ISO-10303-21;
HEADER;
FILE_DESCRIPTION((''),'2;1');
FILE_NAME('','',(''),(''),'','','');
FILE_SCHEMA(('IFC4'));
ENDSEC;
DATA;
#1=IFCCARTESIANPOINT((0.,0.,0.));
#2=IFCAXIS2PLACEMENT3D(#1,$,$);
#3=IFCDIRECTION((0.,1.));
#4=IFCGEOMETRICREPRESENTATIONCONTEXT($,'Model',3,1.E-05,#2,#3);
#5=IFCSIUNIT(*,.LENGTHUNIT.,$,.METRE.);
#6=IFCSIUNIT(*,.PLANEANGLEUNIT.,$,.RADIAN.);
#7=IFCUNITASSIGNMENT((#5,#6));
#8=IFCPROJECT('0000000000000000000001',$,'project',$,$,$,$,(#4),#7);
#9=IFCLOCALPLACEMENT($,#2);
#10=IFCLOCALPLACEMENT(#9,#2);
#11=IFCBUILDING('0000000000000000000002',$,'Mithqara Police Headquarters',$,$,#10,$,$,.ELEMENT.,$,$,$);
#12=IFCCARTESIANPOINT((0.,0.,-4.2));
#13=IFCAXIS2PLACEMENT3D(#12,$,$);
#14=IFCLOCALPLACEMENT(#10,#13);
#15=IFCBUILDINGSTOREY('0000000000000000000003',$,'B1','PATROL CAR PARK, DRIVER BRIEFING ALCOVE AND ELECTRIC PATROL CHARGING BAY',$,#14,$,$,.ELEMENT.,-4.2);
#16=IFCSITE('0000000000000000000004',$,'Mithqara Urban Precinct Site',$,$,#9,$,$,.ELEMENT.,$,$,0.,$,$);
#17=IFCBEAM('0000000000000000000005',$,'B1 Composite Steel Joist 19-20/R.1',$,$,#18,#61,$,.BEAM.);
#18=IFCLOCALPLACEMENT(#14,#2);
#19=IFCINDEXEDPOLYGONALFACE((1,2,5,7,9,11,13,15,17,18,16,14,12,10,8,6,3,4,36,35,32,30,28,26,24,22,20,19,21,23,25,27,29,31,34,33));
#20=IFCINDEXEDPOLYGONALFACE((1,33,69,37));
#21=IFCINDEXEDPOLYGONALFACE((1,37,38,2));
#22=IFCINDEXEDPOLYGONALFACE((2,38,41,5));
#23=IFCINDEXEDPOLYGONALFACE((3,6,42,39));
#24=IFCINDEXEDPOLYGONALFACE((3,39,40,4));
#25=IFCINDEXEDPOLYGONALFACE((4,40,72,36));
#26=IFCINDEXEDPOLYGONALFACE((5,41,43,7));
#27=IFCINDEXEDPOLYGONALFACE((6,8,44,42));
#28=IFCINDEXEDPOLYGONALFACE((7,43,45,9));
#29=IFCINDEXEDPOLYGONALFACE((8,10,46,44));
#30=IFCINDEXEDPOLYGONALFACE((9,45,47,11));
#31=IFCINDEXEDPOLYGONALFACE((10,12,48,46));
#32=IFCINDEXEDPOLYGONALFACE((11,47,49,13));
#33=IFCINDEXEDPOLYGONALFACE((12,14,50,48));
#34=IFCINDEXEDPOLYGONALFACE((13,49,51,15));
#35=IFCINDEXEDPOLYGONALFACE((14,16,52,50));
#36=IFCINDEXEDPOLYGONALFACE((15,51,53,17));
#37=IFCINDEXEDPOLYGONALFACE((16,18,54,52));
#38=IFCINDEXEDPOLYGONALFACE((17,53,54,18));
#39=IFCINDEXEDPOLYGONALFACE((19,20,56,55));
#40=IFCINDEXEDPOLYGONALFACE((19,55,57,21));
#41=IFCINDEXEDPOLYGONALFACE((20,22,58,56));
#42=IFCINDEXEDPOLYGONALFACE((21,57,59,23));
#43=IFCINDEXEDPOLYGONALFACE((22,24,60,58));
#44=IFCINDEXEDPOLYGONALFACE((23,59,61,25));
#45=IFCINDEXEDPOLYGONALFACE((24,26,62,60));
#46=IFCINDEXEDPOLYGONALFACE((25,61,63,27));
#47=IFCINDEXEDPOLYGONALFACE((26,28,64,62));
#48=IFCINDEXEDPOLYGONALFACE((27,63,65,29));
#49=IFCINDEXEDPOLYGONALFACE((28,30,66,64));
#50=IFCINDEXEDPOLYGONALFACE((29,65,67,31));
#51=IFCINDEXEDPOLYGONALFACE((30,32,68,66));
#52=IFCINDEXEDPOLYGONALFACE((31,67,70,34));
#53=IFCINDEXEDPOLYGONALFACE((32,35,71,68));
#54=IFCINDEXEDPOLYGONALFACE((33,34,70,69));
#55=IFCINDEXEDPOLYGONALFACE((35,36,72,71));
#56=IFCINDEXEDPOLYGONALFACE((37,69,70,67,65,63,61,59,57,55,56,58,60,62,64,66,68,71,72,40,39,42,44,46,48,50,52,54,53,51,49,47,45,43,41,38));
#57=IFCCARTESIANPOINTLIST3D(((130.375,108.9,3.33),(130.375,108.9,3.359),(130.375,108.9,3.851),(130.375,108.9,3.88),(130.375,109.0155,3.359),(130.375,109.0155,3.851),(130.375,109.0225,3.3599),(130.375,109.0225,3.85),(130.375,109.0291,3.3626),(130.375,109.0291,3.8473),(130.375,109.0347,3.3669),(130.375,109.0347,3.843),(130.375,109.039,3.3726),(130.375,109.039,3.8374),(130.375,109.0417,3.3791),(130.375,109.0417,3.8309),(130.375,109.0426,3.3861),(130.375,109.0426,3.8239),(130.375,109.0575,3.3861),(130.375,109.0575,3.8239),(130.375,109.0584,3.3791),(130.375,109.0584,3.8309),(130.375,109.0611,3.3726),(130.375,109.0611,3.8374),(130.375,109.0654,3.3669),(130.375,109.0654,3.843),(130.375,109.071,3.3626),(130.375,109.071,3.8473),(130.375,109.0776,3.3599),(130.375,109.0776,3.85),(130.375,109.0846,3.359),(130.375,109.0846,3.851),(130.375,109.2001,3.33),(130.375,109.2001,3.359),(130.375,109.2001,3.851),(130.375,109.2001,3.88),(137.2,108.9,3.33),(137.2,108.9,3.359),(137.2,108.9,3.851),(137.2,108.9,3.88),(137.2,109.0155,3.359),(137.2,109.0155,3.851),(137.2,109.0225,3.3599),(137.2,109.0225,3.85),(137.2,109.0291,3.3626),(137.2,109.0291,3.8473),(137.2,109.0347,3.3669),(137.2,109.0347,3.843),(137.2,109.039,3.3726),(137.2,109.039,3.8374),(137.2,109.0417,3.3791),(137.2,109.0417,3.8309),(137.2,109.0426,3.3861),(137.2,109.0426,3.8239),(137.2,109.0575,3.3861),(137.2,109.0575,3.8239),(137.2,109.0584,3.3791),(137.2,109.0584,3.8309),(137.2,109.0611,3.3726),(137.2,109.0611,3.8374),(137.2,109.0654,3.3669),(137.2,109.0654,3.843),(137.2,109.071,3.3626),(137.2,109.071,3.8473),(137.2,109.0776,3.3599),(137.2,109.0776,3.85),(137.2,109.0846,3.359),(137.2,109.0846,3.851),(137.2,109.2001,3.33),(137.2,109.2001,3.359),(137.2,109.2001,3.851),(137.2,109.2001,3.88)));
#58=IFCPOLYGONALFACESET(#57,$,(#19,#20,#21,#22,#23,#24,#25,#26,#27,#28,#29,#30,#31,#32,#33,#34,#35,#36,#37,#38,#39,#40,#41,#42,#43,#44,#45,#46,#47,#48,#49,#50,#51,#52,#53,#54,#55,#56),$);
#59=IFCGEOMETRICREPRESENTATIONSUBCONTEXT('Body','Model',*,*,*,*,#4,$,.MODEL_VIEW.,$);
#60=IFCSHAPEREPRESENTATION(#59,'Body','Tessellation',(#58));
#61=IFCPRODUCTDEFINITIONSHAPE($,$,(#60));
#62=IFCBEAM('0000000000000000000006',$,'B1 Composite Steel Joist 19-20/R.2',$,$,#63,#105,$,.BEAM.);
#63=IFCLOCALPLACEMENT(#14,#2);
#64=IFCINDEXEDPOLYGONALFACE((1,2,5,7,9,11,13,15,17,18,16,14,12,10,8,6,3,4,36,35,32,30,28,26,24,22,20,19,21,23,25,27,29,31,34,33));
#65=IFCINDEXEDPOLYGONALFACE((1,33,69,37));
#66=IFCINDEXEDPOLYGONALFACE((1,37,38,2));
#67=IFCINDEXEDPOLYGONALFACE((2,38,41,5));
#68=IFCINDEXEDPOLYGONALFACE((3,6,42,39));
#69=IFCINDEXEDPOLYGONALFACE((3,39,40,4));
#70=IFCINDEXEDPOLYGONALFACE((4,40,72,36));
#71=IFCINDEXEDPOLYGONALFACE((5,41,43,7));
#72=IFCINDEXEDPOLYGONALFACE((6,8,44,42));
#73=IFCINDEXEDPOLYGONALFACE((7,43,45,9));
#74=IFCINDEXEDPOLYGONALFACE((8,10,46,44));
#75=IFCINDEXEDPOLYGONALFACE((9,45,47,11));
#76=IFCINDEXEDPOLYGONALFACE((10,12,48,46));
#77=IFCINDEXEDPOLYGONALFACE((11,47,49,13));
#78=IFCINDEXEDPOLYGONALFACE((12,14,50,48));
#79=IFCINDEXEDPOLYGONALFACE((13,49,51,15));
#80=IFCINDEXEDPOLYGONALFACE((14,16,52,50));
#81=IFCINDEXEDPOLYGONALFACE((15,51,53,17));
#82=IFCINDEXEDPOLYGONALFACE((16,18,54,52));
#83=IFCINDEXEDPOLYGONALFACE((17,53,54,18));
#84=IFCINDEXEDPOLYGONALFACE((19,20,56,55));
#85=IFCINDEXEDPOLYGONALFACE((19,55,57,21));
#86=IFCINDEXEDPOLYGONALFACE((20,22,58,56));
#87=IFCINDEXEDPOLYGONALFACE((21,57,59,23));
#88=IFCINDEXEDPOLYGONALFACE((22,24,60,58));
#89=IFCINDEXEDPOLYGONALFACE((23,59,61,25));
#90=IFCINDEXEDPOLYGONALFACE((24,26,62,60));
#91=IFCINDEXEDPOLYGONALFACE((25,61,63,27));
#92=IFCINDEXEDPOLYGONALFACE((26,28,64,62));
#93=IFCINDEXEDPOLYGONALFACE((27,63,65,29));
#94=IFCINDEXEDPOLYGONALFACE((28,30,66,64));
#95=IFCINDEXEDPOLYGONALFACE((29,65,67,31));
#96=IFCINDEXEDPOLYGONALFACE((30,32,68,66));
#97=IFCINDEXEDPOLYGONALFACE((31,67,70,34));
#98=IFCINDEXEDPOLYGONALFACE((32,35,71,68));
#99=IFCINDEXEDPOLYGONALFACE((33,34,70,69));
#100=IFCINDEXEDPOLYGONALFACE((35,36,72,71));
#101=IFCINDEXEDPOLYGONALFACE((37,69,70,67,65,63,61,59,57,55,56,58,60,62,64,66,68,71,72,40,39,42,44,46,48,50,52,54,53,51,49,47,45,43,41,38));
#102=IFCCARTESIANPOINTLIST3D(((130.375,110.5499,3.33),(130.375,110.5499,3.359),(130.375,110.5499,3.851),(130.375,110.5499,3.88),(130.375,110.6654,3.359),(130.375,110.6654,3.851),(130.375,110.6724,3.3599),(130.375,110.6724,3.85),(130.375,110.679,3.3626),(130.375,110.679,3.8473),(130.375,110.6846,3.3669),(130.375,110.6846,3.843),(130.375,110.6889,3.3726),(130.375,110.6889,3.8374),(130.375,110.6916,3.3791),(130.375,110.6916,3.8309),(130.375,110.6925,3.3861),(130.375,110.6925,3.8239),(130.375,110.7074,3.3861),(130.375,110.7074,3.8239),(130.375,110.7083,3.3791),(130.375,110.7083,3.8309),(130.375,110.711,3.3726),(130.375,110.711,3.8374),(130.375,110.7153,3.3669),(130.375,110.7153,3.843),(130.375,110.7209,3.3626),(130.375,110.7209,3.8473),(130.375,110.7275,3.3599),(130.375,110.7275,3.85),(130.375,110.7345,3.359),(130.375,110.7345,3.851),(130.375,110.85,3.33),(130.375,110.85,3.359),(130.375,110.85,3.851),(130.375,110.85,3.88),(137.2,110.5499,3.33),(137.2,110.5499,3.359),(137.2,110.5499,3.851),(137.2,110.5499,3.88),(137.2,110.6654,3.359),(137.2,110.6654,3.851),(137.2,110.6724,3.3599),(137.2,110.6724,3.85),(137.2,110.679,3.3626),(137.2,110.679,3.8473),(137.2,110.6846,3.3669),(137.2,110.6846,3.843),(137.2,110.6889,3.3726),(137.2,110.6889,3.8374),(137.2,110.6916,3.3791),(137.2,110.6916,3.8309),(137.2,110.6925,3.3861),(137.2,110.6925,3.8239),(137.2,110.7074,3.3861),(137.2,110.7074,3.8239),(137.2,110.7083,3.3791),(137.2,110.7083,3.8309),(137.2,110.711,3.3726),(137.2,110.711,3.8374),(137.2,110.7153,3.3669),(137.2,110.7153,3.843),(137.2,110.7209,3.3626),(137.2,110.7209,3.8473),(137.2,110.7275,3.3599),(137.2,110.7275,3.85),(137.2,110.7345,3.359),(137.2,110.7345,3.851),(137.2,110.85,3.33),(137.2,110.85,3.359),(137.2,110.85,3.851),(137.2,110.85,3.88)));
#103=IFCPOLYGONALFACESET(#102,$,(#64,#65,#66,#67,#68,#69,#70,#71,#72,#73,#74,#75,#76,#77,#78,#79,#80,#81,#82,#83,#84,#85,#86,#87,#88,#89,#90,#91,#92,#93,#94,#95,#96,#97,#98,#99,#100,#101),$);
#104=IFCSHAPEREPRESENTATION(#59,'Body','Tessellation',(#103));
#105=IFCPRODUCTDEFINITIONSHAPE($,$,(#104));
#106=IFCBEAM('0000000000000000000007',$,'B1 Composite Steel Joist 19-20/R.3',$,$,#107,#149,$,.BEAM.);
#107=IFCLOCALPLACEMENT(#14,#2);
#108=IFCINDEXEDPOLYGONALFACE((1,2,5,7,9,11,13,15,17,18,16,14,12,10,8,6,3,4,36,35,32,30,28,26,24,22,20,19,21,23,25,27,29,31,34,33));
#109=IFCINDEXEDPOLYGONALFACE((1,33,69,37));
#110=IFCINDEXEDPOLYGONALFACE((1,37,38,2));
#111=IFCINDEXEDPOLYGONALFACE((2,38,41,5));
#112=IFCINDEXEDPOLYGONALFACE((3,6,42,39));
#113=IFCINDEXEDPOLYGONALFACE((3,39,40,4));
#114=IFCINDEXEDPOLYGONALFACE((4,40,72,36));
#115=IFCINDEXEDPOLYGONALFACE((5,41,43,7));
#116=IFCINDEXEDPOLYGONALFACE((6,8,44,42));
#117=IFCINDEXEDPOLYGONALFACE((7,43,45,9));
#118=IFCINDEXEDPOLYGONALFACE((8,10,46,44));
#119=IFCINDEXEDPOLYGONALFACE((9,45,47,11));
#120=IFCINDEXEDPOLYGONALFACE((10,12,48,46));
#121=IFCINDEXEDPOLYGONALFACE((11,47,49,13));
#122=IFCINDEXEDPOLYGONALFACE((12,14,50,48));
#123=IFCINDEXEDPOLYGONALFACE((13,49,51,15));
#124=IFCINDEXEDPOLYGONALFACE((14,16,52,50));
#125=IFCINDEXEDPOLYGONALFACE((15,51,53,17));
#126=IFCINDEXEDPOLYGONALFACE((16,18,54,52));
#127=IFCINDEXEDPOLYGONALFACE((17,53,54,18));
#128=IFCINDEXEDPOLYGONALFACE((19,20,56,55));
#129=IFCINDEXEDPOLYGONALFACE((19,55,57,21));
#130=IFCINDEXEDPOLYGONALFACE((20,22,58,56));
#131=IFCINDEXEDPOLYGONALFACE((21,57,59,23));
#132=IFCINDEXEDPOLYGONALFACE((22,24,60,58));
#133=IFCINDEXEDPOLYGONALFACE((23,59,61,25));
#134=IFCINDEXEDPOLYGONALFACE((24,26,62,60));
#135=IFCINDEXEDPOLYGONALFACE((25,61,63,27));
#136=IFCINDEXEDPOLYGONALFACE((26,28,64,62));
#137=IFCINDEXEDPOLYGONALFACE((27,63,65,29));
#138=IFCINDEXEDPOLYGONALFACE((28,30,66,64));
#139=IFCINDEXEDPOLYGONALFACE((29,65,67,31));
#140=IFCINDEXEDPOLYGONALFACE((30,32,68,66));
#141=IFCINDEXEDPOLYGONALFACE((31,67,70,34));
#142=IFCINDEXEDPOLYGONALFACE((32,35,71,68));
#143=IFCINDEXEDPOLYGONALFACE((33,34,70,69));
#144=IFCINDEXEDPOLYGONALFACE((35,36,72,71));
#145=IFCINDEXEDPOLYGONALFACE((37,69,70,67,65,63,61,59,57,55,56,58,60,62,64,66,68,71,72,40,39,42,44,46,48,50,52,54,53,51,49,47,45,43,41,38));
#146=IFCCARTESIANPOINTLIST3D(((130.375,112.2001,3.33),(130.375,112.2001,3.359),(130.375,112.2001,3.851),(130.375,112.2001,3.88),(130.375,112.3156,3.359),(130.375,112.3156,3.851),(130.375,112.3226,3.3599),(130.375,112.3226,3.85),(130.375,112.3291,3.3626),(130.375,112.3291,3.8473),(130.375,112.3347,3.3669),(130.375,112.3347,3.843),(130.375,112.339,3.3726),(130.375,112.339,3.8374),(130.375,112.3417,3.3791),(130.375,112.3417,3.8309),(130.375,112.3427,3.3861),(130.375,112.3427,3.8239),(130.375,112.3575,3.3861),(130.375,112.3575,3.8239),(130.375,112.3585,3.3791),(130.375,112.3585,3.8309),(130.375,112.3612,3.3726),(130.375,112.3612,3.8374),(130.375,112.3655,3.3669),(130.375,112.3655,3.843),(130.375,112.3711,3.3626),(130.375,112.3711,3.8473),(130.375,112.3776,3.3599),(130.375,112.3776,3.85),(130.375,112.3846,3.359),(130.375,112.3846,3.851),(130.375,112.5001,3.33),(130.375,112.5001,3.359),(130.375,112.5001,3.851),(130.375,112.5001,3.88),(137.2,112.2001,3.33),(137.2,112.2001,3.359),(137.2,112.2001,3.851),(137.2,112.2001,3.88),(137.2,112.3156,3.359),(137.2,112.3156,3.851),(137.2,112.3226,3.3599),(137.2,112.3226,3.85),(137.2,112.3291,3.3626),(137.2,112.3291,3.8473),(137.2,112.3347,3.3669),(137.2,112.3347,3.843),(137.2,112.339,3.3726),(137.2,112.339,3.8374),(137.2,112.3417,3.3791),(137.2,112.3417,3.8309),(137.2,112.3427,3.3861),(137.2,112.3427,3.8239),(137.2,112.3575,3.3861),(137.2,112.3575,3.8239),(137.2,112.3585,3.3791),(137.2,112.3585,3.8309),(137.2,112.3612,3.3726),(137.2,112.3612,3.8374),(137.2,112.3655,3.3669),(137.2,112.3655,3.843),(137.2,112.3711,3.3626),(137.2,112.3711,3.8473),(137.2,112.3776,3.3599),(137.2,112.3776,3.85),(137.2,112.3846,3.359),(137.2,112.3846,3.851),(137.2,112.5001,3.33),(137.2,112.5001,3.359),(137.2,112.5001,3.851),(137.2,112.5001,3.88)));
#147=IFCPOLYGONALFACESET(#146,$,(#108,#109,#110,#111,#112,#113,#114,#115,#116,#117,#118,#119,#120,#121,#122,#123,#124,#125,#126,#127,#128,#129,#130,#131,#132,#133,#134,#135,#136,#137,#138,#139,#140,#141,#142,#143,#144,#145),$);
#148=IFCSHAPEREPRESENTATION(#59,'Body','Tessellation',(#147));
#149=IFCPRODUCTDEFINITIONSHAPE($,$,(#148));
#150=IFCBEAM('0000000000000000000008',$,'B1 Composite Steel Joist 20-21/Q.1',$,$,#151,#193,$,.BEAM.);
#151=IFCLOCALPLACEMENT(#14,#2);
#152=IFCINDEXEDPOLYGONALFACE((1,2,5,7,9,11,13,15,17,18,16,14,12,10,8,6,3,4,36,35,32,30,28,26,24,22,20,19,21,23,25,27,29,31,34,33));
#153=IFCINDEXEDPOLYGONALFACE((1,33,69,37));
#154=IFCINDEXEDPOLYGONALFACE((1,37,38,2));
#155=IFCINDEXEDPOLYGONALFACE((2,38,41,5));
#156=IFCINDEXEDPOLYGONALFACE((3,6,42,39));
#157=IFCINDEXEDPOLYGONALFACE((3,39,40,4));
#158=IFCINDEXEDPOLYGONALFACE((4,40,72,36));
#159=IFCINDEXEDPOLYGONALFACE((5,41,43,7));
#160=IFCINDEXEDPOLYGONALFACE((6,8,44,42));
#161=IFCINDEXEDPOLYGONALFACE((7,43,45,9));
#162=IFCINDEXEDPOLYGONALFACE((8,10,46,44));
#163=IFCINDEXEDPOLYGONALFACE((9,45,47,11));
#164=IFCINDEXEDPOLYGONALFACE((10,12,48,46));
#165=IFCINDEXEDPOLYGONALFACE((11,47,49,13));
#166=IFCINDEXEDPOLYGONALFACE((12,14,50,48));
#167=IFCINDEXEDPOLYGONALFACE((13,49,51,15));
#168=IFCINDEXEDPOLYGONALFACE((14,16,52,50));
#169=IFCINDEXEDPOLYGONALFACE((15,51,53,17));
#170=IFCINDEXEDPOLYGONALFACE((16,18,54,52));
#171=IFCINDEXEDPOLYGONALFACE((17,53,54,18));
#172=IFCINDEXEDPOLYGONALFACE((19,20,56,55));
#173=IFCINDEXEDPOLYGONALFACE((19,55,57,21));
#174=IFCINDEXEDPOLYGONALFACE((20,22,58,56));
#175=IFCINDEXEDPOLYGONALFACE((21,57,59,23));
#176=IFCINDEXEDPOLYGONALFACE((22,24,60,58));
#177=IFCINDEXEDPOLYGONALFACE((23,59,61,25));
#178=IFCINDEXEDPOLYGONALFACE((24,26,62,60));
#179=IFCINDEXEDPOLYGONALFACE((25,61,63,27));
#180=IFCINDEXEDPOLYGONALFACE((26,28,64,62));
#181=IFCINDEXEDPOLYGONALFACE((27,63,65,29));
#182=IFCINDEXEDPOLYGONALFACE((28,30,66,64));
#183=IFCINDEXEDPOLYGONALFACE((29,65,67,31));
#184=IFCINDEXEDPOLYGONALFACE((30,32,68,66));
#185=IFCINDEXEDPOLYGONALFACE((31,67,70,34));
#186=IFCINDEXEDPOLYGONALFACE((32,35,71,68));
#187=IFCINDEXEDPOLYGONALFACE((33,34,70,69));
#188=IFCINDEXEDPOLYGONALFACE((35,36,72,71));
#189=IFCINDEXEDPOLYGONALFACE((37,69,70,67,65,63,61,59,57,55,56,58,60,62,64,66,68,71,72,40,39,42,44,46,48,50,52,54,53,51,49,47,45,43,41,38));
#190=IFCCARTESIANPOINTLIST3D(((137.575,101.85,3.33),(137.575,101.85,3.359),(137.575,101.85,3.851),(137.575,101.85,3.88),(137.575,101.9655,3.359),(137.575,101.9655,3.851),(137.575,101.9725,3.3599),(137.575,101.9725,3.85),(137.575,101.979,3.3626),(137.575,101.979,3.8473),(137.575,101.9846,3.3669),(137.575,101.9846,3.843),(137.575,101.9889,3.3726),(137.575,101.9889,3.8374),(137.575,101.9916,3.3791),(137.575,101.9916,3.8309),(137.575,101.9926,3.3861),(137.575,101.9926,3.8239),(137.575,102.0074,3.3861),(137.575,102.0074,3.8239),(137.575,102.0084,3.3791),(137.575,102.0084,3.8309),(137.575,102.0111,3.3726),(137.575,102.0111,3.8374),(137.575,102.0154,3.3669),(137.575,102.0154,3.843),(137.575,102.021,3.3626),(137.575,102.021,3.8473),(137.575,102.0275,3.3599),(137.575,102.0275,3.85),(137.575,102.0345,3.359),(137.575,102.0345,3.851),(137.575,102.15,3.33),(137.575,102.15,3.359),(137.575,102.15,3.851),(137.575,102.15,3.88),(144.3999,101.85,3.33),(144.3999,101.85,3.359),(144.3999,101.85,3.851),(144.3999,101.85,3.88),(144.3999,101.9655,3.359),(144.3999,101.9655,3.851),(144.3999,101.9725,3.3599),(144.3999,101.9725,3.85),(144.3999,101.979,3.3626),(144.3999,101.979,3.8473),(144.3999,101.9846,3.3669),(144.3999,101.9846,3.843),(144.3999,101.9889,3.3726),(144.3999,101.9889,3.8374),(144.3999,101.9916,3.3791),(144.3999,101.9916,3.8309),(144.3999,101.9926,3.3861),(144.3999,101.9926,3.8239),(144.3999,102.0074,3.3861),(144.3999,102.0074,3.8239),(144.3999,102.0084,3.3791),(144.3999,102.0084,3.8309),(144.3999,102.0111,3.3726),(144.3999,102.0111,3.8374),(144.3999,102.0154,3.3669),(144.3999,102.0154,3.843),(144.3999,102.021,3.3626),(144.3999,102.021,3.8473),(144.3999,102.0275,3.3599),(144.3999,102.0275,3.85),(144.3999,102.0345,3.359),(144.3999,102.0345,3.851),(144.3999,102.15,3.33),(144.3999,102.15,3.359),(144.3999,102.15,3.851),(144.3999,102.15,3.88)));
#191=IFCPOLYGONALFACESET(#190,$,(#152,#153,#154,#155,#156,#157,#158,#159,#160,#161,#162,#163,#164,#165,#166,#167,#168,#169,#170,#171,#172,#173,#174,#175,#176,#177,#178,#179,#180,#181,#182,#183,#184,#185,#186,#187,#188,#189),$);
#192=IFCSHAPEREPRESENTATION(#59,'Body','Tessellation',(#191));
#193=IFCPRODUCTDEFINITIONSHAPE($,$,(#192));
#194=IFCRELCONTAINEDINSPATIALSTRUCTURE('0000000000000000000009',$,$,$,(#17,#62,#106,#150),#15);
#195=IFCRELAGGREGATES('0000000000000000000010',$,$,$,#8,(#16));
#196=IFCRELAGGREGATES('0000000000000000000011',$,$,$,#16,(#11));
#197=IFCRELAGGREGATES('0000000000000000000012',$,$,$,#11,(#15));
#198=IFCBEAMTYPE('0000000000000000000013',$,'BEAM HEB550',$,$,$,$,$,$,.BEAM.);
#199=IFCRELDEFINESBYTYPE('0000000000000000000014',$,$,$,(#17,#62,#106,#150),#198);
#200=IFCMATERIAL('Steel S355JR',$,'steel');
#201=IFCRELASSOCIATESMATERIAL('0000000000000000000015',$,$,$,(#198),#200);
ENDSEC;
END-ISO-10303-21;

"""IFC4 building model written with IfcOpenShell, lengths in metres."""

from ifc_helpers import new_model, si_unit, direction, frame, origin, origin_2d, place, context, subcontext, project, spatial, i_section, extrude, material, material_profile, profile_set, type_object, element, save


model = new_model("IFC4")

# Units and contexts
model_context = context("Model", 3, precision=1e-05, world=origin(), true_north=direction((0.0, 1.0)))
body_context = subcontext(model_context, "Body", "Model", "MODEL_VIEW")
ifc_project = project(units=[si_unit("LENGTHUNIT", "METRE"), si_unit("PLANEANGLEUNIT", "RADIAN")], contexts=[model_context])

# Site, building, storey
site_placement = place(None, origin())
site = spatial("IfcSite", under=ifc_project, at=site_placement, Name="Mithqara Urban Precinct Site", CompositionType="ELEMENT", RefElevation=0.0)
building_placement = place(site_placement, origin())
building = spatial("IfcBuilding", under=site, at=building_placement, Name="Mithqara Police Headquarters", CompositionType="ELEMENT")
storey_placement = place(building_placement, frame((0.0, 0.0, -4.2)))
storey = spatial("IfcBuildingStorey", under=building, at=storey_placement, Name="B1", Description="PATROL CAR PARK, DRIVER BRIEFING ALCOVE AND ELECTRIC PATROL CHARGING BAY", CompositionType="ELEMENT", Elevation=-4.2)

# Beams
ifc_material_1 = material(Name="Steel S355JR", Category="steel")
ifc_material_profile_1 = material_profile(ifc_material_1, i_section(OverallWidth=0.3, OverallDepth=0.55, WebThickness=0.0149, FlangeThickness=0.0291, FilletRadius=0.0271, at=origin_2d()), Name="HEB 550")
ifc_profile_set_1 = profile_set([ifc_material_profile_1], Name="Steel S355JR")
beam_type_1 = type_object("IfcBeamType", Name="BEAM HEB550", PredefinedType="BEAM", material=ifc_profile_set_1)
for number, where, z_axis, x_axis, name in (
    (1, (130.375, 109.05, 3.605), (1.0, 0.0, 0.0), (0.0, 1.0, 0.0), "B1 Composite Steel Joist 19-20/R.1"),
    (2, (130.375, 110.7, 3.605), (1.0, 0.0, 0.0), (0.0, 1.0, 0.0), "B1 Composite Steel Joist 19-20/R.2"),
    (3, (130.375, 112.3501, 3.605), (1.0, 0.0, 0.0), (0.0, 1.0, 0.0), "B1 Composite Steel Joist 19-20/R.3"),
    (4, (137.575, 102.0, 3.605), (1.0, 0.0, 0.0), (0.0, 1.0, 0.0), "B1 Composite Steel Joist 20-21/Q.1"),
):
    element("IfcBeam", number, at=place(storey_placement, frame(where, z_axis=z_axis, x_axis=x_axis)), inside=storey, type_object=beam_type_1, Name=name, PredefinedType="BEAM", context=body_context, shape_type="SweptSolid", body=[
        extrude(i_section(OverallWidth=0.3, OverallDepth=0.55, WebThickness=0.0149, FlangeThickness=0.0291, FilletRadius=0.0271, at=origin_2d()), origin(), (0.0, 0.0, 1.0), 6.825),
    ])

save(model, "model.ifc")
